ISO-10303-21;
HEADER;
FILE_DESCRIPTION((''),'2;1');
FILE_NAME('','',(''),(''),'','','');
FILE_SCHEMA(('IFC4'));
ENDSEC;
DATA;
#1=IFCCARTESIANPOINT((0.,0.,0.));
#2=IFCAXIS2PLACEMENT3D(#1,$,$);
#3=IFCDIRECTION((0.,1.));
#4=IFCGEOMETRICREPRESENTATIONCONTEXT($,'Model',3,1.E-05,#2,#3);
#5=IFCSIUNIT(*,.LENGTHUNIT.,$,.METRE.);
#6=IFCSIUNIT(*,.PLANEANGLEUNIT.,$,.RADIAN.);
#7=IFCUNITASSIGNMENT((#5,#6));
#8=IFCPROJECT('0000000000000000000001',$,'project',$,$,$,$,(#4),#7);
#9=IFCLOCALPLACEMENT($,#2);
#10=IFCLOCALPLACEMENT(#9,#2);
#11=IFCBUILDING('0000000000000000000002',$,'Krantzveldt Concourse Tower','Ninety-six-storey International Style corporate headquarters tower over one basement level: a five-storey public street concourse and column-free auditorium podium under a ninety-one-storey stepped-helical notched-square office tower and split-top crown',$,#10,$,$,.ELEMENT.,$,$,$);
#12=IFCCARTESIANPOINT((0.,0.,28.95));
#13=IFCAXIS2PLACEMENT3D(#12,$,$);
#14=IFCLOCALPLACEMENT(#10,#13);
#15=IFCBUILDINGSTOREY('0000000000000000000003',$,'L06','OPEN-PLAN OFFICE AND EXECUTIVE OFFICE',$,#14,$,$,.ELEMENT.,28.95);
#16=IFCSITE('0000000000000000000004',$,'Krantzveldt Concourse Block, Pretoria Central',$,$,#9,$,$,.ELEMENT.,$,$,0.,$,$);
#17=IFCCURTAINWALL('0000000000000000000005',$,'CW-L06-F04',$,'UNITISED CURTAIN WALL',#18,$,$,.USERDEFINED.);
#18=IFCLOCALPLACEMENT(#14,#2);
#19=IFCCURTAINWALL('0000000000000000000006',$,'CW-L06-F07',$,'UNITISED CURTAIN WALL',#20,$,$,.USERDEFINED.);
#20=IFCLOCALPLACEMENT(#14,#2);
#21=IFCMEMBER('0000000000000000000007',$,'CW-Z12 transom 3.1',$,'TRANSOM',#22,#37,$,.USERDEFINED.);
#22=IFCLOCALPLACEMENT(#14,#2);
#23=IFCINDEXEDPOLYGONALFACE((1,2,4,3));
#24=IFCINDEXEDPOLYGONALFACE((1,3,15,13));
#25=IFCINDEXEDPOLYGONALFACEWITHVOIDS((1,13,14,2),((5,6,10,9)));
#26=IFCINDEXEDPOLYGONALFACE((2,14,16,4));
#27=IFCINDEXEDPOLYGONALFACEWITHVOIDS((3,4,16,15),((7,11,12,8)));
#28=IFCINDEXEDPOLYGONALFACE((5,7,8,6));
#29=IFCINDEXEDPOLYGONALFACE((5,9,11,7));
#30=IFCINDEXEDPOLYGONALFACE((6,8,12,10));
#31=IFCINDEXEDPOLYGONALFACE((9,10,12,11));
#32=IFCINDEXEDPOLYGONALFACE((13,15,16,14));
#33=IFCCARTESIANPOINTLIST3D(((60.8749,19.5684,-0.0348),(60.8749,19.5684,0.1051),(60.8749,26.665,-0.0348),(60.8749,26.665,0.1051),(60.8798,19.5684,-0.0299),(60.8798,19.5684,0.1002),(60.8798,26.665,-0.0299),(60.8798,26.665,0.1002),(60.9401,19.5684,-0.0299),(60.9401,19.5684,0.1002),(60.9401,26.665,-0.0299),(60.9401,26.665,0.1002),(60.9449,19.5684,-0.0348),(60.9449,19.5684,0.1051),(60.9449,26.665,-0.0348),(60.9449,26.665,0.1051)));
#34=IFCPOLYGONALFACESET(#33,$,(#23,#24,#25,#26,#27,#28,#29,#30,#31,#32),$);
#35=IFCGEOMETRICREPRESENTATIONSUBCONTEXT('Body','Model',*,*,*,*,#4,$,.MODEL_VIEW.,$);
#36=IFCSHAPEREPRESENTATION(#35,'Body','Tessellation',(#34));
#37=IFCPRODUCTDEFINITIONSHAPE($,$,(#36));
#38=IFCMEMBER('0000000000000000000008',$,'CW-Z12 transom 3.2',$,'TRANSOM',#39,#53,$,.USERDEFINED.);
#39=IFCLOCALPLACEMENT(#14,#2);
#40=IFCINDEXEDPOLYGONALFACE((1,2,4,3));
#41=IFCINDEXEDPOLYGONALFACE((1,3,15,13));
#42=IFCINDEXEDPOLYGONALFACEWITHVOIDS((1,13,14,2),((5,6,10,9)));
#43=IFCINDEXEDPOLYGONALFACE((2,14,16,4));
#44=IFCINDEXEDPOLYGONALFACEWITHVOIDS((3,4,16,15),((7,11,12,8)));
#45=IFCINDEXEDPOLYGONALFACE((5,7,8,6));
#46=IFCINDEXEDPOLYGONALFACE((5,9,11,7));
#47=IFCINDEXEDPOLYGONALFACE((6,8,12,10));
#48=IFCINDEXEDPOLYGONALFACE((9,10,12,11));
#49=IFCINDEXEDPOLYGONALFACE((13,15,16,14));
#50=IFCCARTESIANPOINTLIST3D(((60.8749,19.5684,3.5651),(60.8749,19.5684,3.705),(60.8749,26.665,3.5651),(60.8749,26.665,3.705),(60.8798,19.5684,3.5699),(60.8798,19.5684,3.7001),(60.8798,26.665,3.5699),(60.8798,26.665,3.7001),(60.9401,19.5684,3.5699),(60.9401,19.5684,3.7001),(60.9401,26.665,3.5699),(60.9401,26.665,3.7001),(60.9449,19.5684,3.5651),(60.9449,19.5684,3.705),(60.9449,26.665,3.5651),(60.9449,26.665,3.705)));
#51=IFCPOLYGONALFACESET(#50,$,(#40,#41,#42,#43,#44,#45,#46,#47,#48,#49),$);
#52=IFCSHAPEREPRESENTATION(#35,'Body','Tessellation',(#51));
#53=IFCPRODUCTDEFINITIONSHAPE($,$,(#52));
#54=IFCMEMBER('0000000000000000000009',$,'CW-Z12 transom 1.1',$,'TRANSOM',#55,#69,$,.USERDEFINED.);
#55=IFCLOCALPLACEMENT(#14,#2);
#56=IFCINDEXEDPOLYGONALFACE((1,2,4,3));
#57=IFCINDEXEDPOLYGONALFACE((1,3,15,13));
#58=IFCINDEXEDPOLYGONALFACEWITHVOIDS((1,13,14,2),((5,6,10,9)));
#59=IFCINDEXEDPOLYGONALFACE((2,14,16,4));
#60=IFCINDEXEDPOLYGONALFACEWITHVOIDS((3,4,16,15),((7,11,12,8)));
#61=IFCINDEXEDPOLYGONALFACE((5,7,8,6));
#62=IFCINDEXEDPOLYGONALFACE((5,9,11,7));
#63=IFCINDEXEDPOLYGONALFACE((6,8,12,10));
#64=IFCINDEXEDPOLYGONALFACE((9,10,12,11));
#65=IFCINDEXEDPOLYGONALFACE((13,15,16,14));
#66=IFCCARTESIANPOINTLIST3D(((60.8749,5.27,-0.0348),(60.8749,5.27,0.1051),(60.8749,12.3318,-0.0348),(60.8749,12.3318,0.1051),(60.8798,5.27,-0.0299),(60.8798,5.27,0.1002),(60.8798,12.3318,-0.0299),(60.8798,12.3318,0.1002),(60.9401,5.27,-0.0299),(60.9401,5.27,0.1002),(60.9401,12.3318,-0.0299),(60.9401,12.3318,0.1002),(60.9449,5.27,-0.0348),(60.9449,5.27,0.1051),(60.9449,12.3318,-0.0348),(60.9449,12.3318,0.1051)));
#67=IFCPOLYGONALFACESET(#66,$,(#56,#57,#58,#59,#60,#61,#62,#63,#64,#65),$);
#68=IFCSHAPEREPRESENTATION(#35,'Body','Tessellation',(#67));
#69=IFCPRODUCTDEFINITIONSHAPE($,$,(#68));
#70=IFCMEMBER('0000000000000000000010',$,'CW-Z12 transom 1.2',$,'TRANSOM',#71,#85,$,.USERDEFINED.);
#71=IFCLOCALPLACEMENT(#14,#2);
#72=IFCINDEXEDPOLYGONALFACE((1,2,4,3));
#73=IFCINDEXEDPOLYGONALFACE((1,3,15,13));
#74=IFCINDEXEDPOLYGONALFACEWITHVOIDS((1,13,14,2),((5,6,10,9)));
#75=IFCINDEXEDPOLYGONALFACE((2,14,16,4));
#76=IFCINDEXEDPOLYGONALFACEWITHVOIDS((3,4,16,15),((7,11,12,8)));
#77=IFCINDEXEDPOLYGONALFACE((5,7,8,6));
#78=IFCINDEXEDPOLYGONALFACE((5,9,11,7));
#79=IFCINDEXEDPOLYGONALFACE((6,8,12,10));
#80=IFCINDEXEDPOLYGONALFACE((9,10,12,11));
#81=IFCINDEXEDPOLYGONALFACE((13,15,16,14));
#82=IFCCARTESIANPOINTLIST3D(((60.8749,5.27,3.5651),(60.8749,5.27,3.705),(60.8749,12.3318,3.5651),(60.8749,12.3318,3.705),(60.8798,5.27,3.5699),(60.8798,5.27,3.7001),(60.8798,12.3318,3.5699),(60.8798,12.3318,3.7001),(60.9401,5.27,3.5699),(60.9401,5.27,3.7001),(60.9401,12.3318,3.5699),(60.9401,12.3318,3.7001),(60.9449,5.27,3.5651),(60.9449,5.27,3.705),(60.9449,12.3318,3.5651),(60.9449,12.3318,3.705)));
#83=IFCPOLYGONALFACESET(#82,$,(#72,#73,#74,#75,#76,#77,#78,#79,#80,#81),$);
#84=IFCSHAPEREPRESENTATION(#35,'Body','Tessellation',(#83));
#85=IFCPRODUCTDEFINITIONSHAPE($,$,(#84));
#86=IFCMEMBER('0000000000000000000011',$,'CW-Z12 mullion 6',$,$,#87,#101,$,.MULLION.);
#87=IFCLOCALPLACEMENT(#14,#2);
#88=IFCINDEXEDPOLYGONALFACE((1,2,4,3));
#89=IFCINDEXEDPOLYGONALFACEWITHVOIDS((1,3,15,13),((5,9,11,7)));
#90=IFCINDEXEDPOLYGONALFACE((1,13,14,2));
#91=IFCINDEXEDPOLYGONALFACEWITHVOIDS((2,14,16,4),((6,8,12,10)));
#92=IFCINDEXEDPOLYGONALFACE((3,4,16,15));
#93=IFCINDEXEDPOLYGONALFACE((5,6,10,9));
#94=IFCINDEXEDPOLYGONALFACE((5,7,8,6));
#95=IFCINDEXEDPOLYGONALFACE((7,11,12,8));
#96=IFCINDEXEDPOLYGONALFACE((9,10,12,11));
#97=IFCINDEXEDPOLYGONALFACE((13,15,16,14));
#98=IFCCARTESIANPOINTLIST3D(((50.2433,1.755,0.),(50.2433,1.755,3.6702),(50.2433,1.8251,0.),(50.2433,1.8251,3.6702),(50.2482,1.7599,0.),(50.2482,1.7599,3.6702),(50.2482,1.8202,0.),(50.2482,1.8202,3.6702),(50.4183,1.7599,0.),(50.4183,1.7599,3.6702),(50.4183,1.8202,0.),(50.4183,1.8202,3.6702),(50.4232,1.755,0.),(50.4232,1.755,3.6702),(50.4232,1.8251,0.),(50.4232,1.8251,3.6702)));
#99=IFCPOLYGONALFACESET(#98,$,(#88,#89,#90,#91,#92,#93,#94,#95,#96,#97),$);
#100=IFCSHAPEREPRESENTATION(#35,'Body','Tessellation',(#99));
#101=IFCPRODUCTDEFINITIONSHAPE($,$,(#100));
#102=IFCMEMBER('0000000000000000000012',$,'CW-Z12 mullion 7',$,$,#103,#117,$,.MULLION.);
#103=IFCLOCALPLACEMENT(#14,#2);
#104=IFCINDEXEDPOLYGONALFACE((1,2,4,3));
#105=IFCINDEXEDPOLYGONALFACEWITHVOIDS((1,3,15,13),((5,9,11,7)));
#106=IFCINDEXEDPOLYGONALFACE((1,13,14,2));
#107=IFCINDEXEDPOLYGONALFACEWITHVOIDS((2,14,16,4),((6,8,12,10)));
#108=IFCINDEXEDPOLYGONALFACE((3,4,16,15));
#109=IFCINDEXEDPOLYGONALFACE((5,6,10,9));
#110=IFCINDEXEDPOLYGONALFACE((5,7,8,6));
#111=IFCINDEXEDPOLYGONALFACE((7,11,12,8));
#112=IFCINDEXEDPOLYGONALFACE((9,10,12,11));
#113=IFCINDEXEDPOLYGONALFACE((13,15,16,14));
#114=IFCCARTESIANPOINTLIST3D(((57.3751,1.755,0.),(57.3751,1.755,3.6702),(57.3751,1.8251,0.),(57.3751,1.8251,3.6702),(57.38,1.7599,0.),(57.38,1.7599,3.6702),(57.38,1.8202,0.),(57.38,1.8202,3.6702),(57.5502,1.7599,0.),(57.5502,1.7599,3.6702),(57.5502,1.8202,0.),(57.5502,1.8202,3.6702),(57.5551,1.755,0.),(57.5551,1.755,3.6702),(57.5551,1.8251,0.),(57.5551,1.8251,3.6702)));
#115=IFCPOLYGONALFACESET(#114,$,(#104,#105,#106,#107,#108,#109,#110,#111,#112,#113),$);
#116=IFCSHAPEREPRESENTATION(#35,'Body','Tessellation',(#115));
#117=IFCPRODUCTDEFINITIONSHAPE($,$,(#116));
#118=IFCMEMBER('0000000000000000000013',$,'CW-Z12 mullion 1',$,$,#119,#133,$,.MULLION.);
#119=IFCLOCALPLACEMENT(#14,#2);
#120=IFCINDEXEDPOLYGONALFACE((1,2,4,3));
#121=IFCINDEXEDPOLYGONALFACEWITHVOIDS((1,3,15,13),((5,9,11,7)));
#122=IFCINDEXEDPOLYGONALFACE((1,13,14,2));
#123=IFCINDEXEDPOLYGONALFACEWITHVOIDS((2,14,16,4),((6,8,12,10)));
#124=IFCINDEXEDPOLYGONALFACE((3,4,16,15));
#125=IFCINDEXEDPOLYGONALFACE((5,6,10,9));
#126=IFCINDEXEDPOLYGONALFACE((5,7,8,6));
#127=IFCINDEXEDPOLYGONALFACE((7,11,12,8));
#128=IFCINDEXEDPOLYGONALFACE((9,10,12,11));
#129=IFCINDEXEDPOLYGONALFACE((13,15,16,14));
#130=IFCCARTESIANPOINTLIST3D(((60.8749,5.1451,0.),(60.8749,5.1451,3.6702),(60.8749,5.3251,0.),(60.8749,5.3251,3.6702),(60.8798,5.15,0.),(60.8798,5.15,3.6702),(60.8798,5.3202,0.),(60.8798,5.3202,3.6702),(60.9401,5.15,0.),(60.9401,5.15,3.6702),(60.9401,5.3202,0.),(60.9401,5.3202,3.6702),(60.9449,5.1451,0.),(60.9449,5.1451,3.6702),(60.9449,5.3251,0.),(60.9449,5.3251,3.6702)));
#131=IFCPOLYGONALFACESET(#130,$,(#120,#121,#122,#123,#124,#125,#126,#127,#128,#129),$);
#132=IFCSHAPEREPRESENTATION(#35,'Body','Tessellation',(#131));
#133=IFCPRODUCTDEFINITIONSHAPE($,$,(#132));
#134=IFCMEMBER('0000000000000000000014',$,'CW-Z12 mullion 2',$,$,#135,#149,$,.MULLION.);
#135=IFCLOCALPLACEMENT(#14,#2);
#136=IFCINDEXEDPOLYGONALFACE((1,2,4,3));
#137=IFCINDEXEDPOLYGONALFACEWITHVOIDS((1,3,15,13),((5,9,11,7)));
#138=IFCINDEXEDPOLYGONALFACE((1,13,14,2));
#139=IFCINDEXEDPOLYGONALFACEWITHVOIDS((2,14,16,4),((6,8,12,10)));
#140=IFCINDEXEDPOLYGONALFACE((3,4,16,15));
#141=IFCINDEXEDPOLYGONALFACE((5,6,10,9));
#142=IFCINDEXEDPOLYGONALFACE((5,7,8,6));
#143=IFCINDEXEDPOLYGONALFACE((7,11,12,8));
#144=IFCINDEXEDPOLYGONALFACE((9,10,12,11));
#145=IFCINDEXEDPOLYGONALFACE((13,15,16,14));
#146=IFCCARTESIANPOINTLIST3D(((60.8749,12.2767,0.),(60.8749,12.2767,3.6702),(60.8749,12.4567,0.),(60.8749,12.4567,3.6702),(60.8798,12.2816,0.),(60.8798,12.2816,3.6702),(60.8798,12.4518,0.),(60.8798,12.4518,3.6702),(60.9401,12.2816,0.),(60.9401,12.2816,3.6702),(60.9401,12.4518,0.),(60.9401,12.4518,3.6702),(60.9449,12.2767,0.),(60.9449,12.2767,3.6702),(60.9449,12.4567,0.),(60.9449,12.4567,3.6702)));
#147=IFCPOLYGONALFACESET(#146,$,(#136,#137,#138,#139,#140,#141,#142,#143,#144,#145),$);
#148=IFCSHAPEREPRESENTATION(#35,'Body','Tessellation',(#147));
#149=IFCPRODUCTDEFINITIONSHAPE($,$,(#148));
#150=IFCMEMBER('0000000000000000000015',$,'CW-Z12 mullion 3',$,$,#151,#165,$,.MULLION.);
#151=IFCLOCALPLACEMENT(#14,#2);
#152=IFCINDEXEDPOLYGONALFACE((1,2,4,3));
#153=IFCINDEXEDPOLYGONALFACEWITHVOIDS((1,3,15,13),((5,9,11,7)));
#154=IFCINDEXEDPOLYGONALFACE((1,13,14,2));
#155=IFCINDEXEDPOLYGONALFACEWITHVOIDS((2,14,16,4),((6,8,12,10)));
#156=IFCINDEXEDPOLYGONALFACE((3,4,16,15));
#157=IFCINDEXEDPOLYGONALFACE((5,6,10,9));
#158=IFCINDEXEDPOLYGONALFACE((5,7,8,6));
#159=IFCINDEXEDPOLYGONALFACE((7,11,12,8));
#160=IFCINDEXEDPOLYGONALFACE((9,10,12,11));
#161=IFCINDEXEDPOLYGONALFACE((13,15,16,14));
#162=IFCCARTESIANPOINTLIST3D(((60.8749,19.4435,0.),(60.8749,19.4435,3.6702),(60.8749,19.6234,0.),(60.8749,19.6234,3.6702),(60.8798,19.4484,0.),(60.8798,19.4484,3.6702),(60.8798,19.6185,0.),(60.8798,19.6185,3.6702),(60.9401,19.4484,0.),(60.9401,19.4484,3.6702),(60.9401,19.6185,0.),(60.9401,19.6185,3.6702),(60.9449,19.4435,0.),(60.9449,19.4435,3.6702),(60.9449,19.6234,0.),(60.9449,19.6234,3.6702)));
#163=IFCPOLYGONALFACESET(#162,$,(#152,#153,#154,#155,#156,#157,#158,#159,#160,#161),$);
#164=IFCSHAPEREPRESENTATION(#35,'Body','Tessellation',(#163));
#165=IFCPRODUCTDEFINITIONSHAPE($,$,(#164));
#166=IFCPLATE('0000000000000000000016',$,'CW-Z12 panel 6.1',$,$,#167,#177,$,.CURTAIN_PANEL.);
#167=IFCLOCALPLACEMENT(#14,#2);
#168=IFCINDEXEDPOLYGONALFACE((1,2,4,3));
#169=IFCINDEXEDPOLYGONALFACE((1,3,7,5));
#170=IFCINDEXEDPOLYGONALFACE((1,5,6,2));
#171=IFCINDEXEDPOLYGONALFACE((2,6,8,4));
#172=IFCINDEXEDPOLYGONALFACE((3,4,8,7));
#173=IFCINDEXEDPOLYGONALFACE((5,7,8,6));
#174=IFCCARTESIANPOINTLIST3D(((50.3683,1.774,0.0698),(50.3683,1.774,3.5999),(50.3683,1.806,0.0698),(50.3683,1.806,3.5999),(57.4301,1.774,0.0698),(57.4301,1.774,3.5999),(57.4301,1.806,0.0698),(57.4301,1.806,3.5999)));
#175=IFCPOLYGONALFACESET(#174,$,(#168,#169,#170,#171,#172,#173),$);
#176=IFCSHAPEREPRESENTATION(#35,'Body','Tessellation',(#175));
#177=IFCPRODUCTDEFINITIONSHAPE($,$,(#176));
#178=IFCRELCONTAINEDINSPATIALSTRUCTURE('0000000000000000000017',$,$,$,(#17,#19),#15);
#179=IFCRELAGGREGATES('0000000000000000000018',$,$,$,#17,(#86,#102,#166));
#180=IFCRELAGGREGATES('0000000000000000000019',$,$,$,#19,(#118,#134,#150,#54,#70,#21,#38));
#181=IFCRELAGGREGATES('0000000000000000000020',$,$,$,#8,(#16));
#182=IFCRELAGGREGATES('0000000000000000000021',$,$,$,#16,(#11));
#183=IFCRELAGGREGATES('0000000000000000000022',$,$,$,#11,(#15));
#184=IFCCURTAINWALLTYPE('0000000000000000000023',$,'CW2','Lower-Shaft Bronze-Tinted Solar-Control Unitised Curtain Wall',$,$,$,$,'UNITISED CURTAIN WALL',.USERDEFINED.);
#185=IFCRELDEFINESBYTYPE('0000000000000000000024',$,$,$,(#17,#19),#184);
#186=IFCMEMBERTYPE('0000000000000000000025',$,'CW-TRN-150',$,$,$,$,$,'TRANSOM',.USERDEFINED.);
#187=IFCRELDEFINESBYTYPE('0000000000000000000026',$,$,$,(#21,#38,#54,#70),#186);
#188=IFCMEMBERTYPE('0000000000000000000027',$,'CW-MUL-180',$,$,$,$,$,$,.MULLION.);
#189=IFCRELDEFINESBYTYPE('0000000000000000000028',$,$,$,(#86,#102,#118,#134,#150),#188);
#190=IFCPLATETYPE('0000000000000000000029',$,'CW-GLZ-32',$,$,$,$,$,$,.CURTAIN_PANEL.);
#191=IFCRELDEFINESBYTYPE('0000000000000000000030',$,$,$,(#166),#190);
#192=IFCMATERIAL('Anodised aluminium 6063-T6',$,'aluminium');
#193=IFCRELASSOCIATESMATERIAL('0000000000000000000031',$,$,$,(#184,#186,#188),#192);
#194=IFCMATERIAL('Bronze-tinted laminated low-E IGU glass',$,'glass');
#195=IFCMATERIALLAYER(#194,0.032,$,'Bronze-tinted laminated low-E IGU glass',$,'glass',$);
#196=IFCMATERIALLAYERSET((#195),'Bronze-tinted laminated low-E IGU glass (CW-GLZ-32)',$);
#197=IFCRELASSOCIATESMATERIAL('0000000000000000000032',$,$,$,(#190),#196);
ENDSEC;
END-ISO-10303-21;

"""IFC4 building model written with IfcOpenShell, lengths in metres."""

from ifc_helpers import new_model, si_unit, direction, frame, origin, origin_2d, place, context, subcontext, project, spatial, rectangle, hollow_rectangle, extrude, source, transform, mapped, material, layer, layer_set, material_profile, profile_set, type_object, type_shapes, element, aggregate, save


model = new_model("IFC4")

# Units and contexts
model_context = context("Model", 3, precision=1e-05, world=origin(), true_north=direction((0.0, 1.0)))
body_context = subcontext(model_context, "Body", "Model", "MODEL_VIEW")
ifc_project = project(units=[si_unit("LENGTHUNIT", "METRE"), si_unit("PLANEANGLEUNIT", "RADIAN")], contexts=[model_context])

# Site, building, storey
site_placement = place(None, origin())
site = spatial("IfcSite", under=ifc_project, at=site_placement, Name="Krantzveldt Concourse Block, Pretoria Central", CompositionType="ELEMENT", RefElevation=0.0)
building_placement = place(site_placement, origin())
building = spatial("IfcBuilding", under=site, at=building_placement, Name="Krantzveldt Concourse Tower", Description="Ninety-six-storey International Style corporate headquarters tower over one basement level: a five-storey public street concourse and column-free auditorium podium under a ninety-one-storey stepped-helical notched-square office tower and split-top crown", CompositionType="ELEMENT")
storey_placement = place(building_placement, frame((0.0, 0.0, 28.95)))
storey = spatial("IfcBuildingStorey", under=building, at=storey_placement, Name="L06", Description="OPEN-PLAN OFFICE AND EXECUTIVE OFFICE", CompositionType="ELEMENT", Elevation=28.95)

# Curtain walls, members
ifc_material_1 = material(Name="Anodised aluminium 6063-T6", Category="aluminium")
curtain_wall_type = type_object("IfcCurtainWallType", Name="CW2", Description="Lower-Shaft Bronze-Tinted Solar-Control Unitised Curtain Wall", ElementType="UNITISED CURTAIN WALL", PredefinedType="USERDEFINED", material=ifc_material_1)
curtain_wall_1_placement = place(storey_placement, origin())
curtain_wall_1 = element("IfcCurtainWall", 1, at=curtain_wall_1_placement, inside=storey, type_object=curtain_wall_type, Name="CW-L06-F04", ObjectType="UNITISED CURTAIN WALL", PredefinedType="USERDEFINED")
ifc_material_profile_1 = material_profile(ifc_material_1, hollow_rectangle(XDim=0.0701, YDim=0.1399, WallThickness=0.0049, at=origin_2d()), Name="Anodised aluminium 6063-T6", Category="aluminium")
ifc_profile_set_1 = profile_set([ifc_material_profile_1], Name="Anodised aluminium 6063-T6 - ALU-TRAN 140x70x5")
member_type_1 = type_object("IfcMemberType", Name="CW-TRN-150", ElementType="TRANSOM", PredefinedType="USERDEFINED", material=ifc_profile_set_1)
curtain_wall_2_placement = place(storey_placement, origin())
curtain_wall_2 = element("IfcCurtainWall", 2, at=curtain_wall_2_placement, inside=storey, type_object=curtain_wall_type, Name="CW-L06-F07", ObjectType="UNITISED CURTAIN WALL", PredefinedType="USERDEFINED")
shared_shape_1 = source(origin(), body_context, "Body", "SweptSolid", [
    extrude(hollow_rectangle(XDim=0.0701, YDim=0.1399, WallThickness=0.0049, at=origin_2d()), origin(), (0.0, 0.0, 1.0), 7.0967),
])
member_1_placement = place(storey_placement, frame((60.9099, 19.5684, 0.0352), z_axis=(0.0, 1.0, 0.0), x_axis=(-1.0, 0.0, 0.0)))
member_1 = element("IfcMember", 3, at=member_1_placement, type_object=member_type_1, Name="CW-Z12 transom 3.1", ObjectType="TRANSOM", PredefinedType="USERDEFINED", context=body_context, shape_type="MappedRepresentation", body=[
    mapped(shared_shape_1, transform((0.0, 0.0, 0.0), x_axis=(1.0, 0.0, 0.0), y_axis=(0.0, 1.0, 0.0), z_axis=(0.0, 0.0, 1.0), scale=1.0)),
])
member_2_placement = place(storey_placement, frame((60.9099, 19.5684, 3.635), z_axis=(0.0, 1.0, 0.0), x_axis=(-1.0, 0.0, 0.0)))
member_2 = element("IfcMember", 4, at=member_2_placement, type_object=member_type_1, Name="CW-Z12 transom 3.2", ObjectType="TRANSOM", PredefinedType="USERDEFINED", context=body_context, shape_type="MappedRepresentation", body=[
    mapped(shared_shape_1, transform((0.0, 0.0, 0.0), x_axis=(1.0, 0.0, 0.0), y_axis=(0.0, 1.0, 0.0), z_axis=(0.0, 0.0, 1.0), scale=1.0)),
])
shared_shape_2 = source(origin(), body_context, "Body", "SweptSolid", [
    extrude(hollow_rectangle(XDim=0.0701, YDim=0.1399, WallThickness=0.0049, at=origin_2d()), origin(), (0.0, 0.0, 1.0), 7.0618),
])
member_3_placement = place(storey_placement, frame((60.9099, 5.27, 0.0352), z_axis=(0.0, 1.0, 0.0), x_axis=(-1.0, 0.0, 0.0)))
member_3 = element("IfcMember", 5, at=member_3_placement, type_object=member_type_1, Name="CW-Z12 transom 1.1", ObjectType="TRANSOM", PredefinedType="USERDEFINED", context=body_context, shape_type="MappedRepresentation", body=[
    mapped(shared_shape_2, transform((0.0, 0.0, 0.0), x_axis=(1.0, 0.0, 0.0), y_axis=(0.0, 1.0, 0.0), z_axis=(0.0, 0.0, 1.0), scale=1.0)),
])
member_4_placement = place(storey_placement, frame((60.9099, 5.27, 3.635), z_axis=(0.0, 1.0, 0.0), x_axis=(-1.0, 0.0, 0.0)))
member_4 = element("IfcMember", 6, at=member_4_placement, type_object=member_type_1, Name="CW-Z12 transom 1.2", ObjectType="TRANSOM", PredefinedType="USERDEFINED", context=body_context, shape_type="MappedRepresentation", body=[
    mapped(shared_shape_2, transform((0.0, 0.0, 0.0), x_axis=(1.0, 0.0, 0.0), y_axis=(0.0, 1.0, 0.0), z_axis=(0.0, 0.0, 1.0), scale=1.0)),
])

# Members
ifc_material_profile_2 = material_profile(ifc_material_1, hollow_rectangle(XDim=0.0701, YDim=0.1799, WallThickness=0.0049, at=origin_2d()), Name="Anodised aluminium 6063-T6", Category="aluminium")
ifc_profile_set_2 = profile_set([ifc_material_profile_2], Name="Anodised aluminium 6063-T6 - ALU-MULL 180x70x5")
member_type_2 = type_object("IfcMemberType", Name="CW-MUL-180", PredefinedType="MULLION", material=ifc_profile_set_2)
shared_shape_3 = source(origin(), body_context, "Body", "SweptSolid", [
    extrude(hollow_rectangle(XDim=0.0701, YDim=0.1799, WallThickness=0.0049, at=origin_2d()), origin(), (0.0, 0.0, 1.0), 3.6702),
])
type_shapes(member_type_2, [shared_shape_3])
member_5_placement = place(storey_placement, frame((50.3333, 1.79, 0.0), z_axis=(0.0, 0.0, 1.0), x_axis=(0.0, 1.0, 0.0)))
member_5 = element("IfcMember", 7, at=member_5_placement, type_object=member_type_2, Name="CW-Z12 mullion 6", PredefinedType="MULLION", context=body_context, shape_type="MappedRepresentation", body=[
    mapped(shared_shape_3, transform((0.0, 0.0, 0.0), x_axis=(1.0, 0.0, 0.0), y_axis=(0.0, 1.0, 0.0), z_axis=(0.0, 0.0, 1.0), scale=1.0)),
])
member_6_placement = place(storey_placement, frame((57.4651, 1.79, 0.0), z_axis=(0.0, 0.0, 1.0), x_axis=(0.0, 1.0, 0.0)))
member_6 = element("IfcMember", 8, at=member_6_placement, type_object=member_type_2, Name="CW-Z12 mullion 7", PredefinedType="MULLION", context=body_context, shape_type="MappedRepresentation", body=[
    mapped(shared_shape_3, transform((0.0, 0.0, 0.0), x_axis=(1.0, 0.0, 0.0), y_axis=(0.0, 1.0, 0.0), z_axis=(0.0, 0.0, 1.0), scale=1.0)),
])
member_7_placement = place(storey_placement, frame((60.9099, 5.2351, 0.0), z_axis=(0.0, 0.0, 1.0), x_axis=(-1.0, 0.0, 0.0)))
member_7 = element("IfcMember", 9, at=member_7_placement, type_object=member_type_2, Name="CW-Z12 mullion 1", PredefinedType="MULLION", context=body_context, shape_type="MappedRepresentation", body=[
    mapped(shared_shape_3, transform((0.0, 0.0, 0.0), x_axis=(1.0, 0.0, 0.0), y_axis=(0.0, 1.0, 0.0), z_axis=(0.0, 0.0, 1.0), scale=1.0)),
])
member_8_placement = place(storey_placement, frame((60.9099, 12.3667, 0.0), z_axis=(0.0, 0.0, 1.0), x_axis=(-1.0, 0.0, 0.0)))
member_8 = element("IfcMember", 10, at=member_8_placement, type_object=member_type_2, Name="CW-Z12 mullion 2", PredefinedType="MULLION", context=body_context, shape_type="MappedRepresentation", body=[
    mapped(shared_shape_3, transform((0.0, 0.0, 0.0), x_axis=(1.0, 0.0, 0.0), y_axis=(0.0, 1.0, 0.0), z_axis=(0.0, 0.0, 1.0), scale=1.0)),
])
member_9_placement = place(storey_placement, frame((60.9099, 19.5334, 0.0), z_axis=(0.0, 0.0, 1.0), x_axis=(-1.0, 0.0, 0.0)))
member_9 = element("IfcMember", 11, at=member_9_placement, type_object=member_type_2, Name="CW-Z12 mullion 3", PredefinedType="MULLION", context=body_context, shape_type="MappedRepresentation", body=[
    mapped(shared_shape_3, transform((0.0, 0.0, 0.0), x_axis=(1.0, 0.0, 0.0), y_axis=(0.0, 1.0, 0.0), z_axis=(0.0, 0.0, 1.0), scale=1.0)),
])

# Plate
ifc_material_2 = material(Name="Bronze-tinted laminated low-E IGU glass", Category="glass")
ifc_layer_1 = layer(ifc_material_2, 0.032, Name="Bronze-tinted laminated low-E IGU glass", Category="glass")
ifc_layer_set_1 = layer_set([ifc_layer_1], Name="Bronze-tinted laminated low-E IGU glass (CW-GLZ-32)")
plate_type = type_object("IfcPlateType", Name="CW-GLZ-32", PredefinedType="CURTAIN_PANEL", material=ifc_layer_set_1)
shared_shape_4 = source(origin(), body_context, "Body", "SweptSolid", [
    extrude(rectangle(XDim=7.0618, YDim=0.032, at=origin_2d()), origin(), (0.0, 0.0, 1.0), 3.53),
])
plate_1_placement = place(storey_placement, frame((53.8992, 1.79, 0.0698), z_axis=(0.0, 0.0, 1.0), x_axis=(1.0, 0.0, 0.0)))
plate_1 = element("IfcPlate", 12, at=plate_1_placement, type_object=plate_type, Name="CW-Z12 panel 6.1", PredefinedType="CURTAIN_PANEL", context=body_context, shape_type="MappedRepresentation", body=[
    mapped(shared_shape_4, transform((0.0, 0.0, 0.0), x_axis=(1.0, 0.0, 0.0), y_axis=(0.0, 1.0, 0.0), z_axis=(0.0, 0.0, 1.0), scale=1.0)),
])
aggregate(curtain_wall_1, [member_5, member_6, plate_1])
aggregate(curtain_wall_2, [member_7, member_8, member_9, member_3, member_4, member_1, member_2])

save(model, "model.ifc")
